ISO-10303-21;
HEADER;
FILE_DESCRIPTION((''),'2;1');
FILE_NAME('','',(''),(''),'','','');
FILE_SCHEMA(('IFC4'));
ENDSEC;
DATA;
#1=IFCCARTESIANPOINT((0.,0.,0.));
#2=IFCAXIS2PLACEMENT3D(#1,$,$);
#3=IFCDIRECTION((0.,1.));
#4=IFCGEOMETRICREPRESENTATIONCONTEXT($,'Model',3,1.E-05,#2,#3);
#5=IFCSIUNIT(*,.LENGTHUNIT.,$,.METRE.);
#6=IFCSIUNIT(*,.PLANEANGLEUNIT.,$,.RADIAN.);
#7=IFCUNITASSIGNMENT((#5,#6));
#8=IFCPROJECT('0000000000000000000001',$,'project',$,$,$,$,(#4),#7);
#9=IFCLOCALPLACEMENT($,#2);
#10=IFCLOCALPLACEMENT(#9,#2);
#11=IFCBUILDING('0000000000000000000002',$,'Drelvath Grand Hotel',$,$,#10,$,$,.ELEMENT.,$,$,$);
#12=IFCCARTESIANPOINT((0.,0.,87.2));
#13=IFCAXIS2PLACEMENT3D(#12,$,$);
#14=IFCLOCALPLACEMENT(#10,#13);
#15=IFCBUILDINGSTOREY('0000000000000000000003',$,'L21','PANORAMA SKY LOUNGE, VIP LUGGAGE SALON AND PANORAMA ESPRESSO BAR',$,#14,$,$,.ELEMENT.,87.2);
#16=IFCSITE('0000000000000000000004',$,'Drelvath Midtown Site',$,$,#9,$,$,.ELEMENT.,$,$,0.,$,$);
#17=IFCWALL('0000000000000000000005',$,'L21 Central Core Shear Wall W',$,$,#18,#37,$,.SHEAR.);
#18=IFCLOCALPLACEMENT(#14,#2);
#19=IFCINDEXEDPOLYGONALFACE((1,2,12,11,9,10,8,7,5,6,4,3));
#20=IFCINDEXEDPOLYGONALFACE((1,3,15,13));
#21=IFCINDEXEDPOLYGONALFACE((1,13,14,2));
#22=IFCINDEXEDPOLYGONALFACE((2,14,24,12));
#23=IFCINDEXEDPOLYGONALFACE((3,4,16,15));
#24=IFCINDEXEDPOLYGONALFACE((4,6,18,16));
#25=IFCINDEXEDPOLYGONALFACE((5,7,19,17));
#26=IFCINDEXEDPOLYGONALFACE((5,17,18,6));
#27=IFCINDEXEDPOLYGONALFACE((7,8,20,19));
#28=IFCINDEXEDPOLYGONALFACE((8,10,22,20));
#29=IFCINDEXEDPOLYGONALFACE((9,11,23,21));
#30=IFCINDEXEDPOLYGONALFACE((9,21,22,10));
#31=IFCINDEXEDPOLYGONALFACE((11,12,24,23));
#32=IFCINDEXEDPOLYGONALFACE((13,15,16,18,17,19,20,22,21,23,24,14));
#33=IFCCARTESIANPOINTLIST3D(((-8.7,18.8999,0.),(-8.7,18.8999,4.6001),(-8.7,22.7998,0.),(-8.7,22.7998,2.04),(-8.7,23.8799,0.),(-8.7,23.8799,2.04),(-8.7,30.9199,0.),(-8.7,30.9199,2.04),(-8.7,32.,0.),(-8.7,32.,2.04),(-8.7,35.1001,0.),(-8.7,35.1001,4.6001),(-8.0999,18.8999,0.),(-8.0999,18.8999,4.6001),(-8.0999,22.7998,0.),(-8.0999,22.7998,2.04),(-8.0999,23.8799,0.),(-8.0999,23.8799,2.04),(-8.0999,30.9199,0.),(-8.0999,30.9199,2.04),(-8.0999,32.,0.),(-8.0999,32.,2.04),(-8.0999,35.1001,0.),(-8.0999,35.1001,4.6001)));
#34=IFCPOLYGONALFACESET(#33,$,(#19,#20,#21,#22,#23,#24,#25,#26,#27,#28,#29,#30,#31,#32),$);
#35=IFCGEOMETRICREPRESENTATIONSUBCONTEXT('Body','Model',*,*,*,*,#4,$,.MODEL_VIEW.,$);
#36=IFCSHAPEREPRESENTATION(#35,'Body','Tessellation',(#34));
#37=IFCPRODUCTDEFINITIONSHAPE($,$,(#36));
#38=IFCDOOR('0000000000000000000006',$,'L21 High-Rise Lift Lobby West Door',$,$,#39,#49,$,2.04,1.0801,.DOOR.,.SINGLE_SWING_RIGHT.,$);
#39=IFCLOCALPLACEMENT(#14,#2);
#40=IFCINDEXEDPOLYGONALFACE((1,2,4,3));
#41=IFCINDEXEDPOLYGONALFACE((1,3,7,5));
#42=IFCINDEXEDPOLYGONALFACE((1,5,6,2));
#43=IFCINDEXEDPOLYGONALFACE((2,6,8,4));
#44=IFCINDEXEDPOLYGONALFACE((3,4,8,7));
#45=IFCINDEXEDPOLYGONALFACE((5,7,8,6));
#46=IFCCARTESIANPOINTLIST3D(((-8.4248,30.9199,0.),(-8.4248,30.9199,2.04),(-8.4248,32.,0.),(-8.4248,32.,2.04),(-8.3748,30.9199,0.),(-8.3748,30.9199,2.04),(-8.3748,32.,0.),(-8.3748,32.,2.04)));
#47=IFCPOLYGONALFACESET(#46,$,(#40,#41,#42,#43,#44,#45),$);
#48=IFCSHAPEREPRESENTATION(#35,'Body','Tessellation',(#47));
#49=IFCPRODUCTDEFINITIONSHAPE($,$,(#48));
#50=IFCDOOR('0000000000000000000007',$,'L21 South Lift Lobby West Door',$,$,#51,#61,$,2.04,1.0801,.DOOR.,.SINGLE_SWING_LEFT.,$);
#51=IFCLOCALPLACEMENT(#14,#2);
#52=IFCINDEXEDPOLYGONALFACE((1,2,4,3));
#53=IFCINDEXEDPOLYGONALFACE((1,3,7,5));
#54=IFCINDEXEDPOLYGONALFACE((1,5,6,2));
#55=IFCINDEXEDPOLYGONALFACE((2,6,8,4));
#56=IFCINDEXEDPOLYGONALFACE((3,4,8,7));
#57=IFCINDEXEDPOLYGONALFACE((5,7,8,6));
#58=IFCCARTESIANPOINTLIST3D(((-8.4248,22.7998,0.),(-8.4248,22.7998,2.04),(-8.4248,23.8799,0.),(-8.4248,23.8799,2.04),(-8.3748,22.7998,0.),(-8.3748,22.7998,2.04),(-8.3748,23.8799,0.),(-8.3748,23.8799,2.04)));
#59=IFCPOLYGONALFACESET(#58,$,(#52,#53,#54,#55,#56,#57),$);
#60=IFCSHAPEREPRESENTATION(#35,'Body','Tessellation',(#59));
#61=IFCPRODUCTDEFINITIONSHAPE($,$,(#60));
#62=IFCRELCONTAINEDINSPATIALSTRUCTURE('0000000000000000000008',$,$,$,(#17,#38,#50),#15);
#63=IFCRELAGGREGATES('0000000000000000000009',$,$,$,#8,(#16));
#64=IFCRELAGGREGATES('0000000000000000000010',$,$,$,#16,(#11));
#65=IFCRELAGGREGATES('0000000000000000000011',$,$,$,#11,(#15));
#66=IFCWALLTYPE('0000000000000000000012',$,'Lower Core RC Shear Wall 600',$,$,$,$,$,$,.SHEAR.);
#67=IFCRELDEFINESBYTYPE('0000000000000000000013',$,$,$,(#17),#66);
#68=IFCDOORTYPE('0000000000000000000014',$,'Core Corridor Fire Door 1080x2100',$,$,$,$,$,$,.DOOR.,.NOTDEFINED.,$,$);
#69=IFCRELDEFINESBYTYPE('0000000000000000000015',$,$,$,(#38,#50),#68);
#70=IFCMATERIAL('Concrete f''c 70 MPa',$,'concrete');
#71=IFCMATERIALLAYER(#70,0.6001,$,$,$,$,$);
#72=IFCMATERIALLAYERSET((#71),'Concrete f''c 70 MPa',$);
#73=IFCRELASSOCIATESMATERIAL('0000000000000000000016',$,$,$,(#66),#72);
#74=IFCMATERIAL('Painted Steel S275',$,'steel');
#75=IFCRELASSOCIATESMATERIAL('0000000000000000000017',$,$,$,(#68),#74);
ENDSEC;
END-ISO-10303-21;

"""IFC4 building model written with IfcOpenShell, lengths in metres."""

from ifc_helpers import new_model, si_unit, direction, frame, frame_2d, origin, place, context, subcontext, project, spatial, rectangle, extrude, material, layer, layer_set, type_object, element, fill, save


model = new_model("IFC4")

# Units and contexts
model_context = context("Model", 3, precision=1e-05, world=origin(), true_north=direction((0.0, 1.0)))
body_context = subcontext(model_context, "Body", "Model", "MODEL_VIEW")
ifc_project = project(units=[si_unit("LENGTHUNIT", "METRE"), si_unit("PLANEANGLEUNIT", "RADIAN")], contexts=[model_context])

# Site, building, storey
site_placement = place(None, origin())
site = spatial("IfcSite", under=ifc_project, at=site_placement, Name="Drelvath Midtown Site", CompositionType="ELEMENT", RefElevation=0.0)
building_placement = place(site_placement, origin())
building = spatial("IfcBuilding", under=site, at=building_placement, Name="Drelvath Grand Hotel", CompositionType="ELEMENT")
storey_placement = place(building_placement, frame((0.0, 0.0, 87.2)))
storey = spatial("IfcBuildingStorey", under=building, at=storey_placement, Name="L21", Description="PANORAMA SKY LOUNGE, VIP LUGGAGE SALON AND PANORAMA ESPRESSO BAR", CompositionType="ELEMENT", Elevation=87.2)

# Wall, openings, doors
ifc_material_1 = material(Name="Concrete f'c 70 MPa", Category="concrete")
ifc_layer_1 = layer(ifc_material_1, 0.6001)
ifc_layer_set_1 = layer_set([ifc_layer_1], Name="Concrete f'c 70 MPa")
wall_type_1 = type_object("IfcWallType", Name="Lower Core RC Shear Wall 600", PredefinedType="SHEAR", material=ifc_layer_set_1)
wall_1_placement = place(storey_placement, frame((-8.3999, 18.8999, 0.0), z_axis=(0.0, 0.0, 1.0), x_axis=(0.0, 1.0, 0.0)))
wall_1 = element("IfcWall", 1, at=wall_1_placement, inside=storey, type_object=wall_type_1, Name="L21 Central Core Shear Wall W", PredefinedType="SHEAR", context=body_context, shape_type="SweptSolid", body=[
    extrude(rectangle(XDim=16.2002, YDim=0.6001, at=frame_2d((8.1001, 0.0))), origin(), (0.0, 0.0, 1.0), 4.6001),
])
opening_1_placement = place(wall_1_placement, frame((12.02, 0.0, 0.0)))
opening_1 = element("IfcOpeningElement", 2, at=opening_1_placement, cuts=wall_1, PredefinedType="OPENING", context=body_context, shape_type="SweptSolid", body=[
    extrude(rectangle(XDim=1.0801, YDim=2.04, at=frame_2d((0.54, 1.02))), frame((0.0, 0.3101, 0.0), z_axis=(0.0, -1.0, 0.0), x_axis=(1.0, 0.0, 0.0)), (0.0, 0.0, 1.0), 0.6201),
])
opening_2_placement = place(wall_1_placement, frame((3.8999, 0.0, 0.0)))
opening_2 = element("IfcOpeningElement", 3, at=opening_2_placement, cuts=wall_1, PredefinedType="OPENING", context=body_context, shape_type="SweptSolid", body=[
    extrude(rectangle(XDim=1.0801, YDim=2.04, at=frame_2d((0.54, 1.02))), frame((0.0, 0.3101, 0.0), z_axis=(0.0, -1.0, 0.0), x_axis=(1.0, 0.0, 0.0)), (0.0, 0.0, 1.0), 0.6201),
])
ifc_material_2 = material(Name="Painted Steel S275", Category="steel")
door_type_1 = type_object("IfcDoorType", Name="Core Corridor Fire Door 1080x2100", OperationType="NOTDEFINED", PredefinedType="DOOR", material=ifc_material_2)
door_1_placement = place(opening_1_placement, origin())
door_1 = element("IfcDoor", 4, at=door_1_placement, inside=storey, type_object=door_type_1, Name="L21 High-Rise Lift Lobby West Door", OperationType="SINGLE_SWING_RIGHT", OverallHeight=2.04, OverallWidth=1.0801, PredefinedType="DOOR", context=body_context, shape_type="SweptSolid", body=[
    extrude(rectangle(XDim=1.0801, YDim=2.04, at=frame_2d((0.54, 1.02))), frame((0.0, 0.0249, 0.0), z_axis=(0.0, -1.0, 0.0), x_axis=(1.0, 0.0, 0.0)), (0.0, 0.0, 1.0), 0.05),
])
fill(opening_1, door_1)
door_2_placement = place(opening_2_placement, origin())
door_2 = element("IfcDoor", 5, at=door_2_placement, inside=storey, type_object=door_type_1, Name="L21 South Lift Lobby West Door", OperationType="SINGLE_SWING_LEFT", OverallHeight=2.04, OverallWidth=1.0801, PredefinedType="DOOR", context=body_context, shape_type="SweptSolid", body=[
    extrude(rectangle(XDim=1.0801, YDim=2.04, at=frame_2d((0.54, 1.02))), frame((0.0, 0.0249, 0.0), z_axis=(0.0, -1.0, 0.0), x_axis=(1.0, 0.0, 0.0)), (0.0, 0.0, 1.0), 0.05),
])
fill(opening_2, door_2)

save(model, "model.ifc")
